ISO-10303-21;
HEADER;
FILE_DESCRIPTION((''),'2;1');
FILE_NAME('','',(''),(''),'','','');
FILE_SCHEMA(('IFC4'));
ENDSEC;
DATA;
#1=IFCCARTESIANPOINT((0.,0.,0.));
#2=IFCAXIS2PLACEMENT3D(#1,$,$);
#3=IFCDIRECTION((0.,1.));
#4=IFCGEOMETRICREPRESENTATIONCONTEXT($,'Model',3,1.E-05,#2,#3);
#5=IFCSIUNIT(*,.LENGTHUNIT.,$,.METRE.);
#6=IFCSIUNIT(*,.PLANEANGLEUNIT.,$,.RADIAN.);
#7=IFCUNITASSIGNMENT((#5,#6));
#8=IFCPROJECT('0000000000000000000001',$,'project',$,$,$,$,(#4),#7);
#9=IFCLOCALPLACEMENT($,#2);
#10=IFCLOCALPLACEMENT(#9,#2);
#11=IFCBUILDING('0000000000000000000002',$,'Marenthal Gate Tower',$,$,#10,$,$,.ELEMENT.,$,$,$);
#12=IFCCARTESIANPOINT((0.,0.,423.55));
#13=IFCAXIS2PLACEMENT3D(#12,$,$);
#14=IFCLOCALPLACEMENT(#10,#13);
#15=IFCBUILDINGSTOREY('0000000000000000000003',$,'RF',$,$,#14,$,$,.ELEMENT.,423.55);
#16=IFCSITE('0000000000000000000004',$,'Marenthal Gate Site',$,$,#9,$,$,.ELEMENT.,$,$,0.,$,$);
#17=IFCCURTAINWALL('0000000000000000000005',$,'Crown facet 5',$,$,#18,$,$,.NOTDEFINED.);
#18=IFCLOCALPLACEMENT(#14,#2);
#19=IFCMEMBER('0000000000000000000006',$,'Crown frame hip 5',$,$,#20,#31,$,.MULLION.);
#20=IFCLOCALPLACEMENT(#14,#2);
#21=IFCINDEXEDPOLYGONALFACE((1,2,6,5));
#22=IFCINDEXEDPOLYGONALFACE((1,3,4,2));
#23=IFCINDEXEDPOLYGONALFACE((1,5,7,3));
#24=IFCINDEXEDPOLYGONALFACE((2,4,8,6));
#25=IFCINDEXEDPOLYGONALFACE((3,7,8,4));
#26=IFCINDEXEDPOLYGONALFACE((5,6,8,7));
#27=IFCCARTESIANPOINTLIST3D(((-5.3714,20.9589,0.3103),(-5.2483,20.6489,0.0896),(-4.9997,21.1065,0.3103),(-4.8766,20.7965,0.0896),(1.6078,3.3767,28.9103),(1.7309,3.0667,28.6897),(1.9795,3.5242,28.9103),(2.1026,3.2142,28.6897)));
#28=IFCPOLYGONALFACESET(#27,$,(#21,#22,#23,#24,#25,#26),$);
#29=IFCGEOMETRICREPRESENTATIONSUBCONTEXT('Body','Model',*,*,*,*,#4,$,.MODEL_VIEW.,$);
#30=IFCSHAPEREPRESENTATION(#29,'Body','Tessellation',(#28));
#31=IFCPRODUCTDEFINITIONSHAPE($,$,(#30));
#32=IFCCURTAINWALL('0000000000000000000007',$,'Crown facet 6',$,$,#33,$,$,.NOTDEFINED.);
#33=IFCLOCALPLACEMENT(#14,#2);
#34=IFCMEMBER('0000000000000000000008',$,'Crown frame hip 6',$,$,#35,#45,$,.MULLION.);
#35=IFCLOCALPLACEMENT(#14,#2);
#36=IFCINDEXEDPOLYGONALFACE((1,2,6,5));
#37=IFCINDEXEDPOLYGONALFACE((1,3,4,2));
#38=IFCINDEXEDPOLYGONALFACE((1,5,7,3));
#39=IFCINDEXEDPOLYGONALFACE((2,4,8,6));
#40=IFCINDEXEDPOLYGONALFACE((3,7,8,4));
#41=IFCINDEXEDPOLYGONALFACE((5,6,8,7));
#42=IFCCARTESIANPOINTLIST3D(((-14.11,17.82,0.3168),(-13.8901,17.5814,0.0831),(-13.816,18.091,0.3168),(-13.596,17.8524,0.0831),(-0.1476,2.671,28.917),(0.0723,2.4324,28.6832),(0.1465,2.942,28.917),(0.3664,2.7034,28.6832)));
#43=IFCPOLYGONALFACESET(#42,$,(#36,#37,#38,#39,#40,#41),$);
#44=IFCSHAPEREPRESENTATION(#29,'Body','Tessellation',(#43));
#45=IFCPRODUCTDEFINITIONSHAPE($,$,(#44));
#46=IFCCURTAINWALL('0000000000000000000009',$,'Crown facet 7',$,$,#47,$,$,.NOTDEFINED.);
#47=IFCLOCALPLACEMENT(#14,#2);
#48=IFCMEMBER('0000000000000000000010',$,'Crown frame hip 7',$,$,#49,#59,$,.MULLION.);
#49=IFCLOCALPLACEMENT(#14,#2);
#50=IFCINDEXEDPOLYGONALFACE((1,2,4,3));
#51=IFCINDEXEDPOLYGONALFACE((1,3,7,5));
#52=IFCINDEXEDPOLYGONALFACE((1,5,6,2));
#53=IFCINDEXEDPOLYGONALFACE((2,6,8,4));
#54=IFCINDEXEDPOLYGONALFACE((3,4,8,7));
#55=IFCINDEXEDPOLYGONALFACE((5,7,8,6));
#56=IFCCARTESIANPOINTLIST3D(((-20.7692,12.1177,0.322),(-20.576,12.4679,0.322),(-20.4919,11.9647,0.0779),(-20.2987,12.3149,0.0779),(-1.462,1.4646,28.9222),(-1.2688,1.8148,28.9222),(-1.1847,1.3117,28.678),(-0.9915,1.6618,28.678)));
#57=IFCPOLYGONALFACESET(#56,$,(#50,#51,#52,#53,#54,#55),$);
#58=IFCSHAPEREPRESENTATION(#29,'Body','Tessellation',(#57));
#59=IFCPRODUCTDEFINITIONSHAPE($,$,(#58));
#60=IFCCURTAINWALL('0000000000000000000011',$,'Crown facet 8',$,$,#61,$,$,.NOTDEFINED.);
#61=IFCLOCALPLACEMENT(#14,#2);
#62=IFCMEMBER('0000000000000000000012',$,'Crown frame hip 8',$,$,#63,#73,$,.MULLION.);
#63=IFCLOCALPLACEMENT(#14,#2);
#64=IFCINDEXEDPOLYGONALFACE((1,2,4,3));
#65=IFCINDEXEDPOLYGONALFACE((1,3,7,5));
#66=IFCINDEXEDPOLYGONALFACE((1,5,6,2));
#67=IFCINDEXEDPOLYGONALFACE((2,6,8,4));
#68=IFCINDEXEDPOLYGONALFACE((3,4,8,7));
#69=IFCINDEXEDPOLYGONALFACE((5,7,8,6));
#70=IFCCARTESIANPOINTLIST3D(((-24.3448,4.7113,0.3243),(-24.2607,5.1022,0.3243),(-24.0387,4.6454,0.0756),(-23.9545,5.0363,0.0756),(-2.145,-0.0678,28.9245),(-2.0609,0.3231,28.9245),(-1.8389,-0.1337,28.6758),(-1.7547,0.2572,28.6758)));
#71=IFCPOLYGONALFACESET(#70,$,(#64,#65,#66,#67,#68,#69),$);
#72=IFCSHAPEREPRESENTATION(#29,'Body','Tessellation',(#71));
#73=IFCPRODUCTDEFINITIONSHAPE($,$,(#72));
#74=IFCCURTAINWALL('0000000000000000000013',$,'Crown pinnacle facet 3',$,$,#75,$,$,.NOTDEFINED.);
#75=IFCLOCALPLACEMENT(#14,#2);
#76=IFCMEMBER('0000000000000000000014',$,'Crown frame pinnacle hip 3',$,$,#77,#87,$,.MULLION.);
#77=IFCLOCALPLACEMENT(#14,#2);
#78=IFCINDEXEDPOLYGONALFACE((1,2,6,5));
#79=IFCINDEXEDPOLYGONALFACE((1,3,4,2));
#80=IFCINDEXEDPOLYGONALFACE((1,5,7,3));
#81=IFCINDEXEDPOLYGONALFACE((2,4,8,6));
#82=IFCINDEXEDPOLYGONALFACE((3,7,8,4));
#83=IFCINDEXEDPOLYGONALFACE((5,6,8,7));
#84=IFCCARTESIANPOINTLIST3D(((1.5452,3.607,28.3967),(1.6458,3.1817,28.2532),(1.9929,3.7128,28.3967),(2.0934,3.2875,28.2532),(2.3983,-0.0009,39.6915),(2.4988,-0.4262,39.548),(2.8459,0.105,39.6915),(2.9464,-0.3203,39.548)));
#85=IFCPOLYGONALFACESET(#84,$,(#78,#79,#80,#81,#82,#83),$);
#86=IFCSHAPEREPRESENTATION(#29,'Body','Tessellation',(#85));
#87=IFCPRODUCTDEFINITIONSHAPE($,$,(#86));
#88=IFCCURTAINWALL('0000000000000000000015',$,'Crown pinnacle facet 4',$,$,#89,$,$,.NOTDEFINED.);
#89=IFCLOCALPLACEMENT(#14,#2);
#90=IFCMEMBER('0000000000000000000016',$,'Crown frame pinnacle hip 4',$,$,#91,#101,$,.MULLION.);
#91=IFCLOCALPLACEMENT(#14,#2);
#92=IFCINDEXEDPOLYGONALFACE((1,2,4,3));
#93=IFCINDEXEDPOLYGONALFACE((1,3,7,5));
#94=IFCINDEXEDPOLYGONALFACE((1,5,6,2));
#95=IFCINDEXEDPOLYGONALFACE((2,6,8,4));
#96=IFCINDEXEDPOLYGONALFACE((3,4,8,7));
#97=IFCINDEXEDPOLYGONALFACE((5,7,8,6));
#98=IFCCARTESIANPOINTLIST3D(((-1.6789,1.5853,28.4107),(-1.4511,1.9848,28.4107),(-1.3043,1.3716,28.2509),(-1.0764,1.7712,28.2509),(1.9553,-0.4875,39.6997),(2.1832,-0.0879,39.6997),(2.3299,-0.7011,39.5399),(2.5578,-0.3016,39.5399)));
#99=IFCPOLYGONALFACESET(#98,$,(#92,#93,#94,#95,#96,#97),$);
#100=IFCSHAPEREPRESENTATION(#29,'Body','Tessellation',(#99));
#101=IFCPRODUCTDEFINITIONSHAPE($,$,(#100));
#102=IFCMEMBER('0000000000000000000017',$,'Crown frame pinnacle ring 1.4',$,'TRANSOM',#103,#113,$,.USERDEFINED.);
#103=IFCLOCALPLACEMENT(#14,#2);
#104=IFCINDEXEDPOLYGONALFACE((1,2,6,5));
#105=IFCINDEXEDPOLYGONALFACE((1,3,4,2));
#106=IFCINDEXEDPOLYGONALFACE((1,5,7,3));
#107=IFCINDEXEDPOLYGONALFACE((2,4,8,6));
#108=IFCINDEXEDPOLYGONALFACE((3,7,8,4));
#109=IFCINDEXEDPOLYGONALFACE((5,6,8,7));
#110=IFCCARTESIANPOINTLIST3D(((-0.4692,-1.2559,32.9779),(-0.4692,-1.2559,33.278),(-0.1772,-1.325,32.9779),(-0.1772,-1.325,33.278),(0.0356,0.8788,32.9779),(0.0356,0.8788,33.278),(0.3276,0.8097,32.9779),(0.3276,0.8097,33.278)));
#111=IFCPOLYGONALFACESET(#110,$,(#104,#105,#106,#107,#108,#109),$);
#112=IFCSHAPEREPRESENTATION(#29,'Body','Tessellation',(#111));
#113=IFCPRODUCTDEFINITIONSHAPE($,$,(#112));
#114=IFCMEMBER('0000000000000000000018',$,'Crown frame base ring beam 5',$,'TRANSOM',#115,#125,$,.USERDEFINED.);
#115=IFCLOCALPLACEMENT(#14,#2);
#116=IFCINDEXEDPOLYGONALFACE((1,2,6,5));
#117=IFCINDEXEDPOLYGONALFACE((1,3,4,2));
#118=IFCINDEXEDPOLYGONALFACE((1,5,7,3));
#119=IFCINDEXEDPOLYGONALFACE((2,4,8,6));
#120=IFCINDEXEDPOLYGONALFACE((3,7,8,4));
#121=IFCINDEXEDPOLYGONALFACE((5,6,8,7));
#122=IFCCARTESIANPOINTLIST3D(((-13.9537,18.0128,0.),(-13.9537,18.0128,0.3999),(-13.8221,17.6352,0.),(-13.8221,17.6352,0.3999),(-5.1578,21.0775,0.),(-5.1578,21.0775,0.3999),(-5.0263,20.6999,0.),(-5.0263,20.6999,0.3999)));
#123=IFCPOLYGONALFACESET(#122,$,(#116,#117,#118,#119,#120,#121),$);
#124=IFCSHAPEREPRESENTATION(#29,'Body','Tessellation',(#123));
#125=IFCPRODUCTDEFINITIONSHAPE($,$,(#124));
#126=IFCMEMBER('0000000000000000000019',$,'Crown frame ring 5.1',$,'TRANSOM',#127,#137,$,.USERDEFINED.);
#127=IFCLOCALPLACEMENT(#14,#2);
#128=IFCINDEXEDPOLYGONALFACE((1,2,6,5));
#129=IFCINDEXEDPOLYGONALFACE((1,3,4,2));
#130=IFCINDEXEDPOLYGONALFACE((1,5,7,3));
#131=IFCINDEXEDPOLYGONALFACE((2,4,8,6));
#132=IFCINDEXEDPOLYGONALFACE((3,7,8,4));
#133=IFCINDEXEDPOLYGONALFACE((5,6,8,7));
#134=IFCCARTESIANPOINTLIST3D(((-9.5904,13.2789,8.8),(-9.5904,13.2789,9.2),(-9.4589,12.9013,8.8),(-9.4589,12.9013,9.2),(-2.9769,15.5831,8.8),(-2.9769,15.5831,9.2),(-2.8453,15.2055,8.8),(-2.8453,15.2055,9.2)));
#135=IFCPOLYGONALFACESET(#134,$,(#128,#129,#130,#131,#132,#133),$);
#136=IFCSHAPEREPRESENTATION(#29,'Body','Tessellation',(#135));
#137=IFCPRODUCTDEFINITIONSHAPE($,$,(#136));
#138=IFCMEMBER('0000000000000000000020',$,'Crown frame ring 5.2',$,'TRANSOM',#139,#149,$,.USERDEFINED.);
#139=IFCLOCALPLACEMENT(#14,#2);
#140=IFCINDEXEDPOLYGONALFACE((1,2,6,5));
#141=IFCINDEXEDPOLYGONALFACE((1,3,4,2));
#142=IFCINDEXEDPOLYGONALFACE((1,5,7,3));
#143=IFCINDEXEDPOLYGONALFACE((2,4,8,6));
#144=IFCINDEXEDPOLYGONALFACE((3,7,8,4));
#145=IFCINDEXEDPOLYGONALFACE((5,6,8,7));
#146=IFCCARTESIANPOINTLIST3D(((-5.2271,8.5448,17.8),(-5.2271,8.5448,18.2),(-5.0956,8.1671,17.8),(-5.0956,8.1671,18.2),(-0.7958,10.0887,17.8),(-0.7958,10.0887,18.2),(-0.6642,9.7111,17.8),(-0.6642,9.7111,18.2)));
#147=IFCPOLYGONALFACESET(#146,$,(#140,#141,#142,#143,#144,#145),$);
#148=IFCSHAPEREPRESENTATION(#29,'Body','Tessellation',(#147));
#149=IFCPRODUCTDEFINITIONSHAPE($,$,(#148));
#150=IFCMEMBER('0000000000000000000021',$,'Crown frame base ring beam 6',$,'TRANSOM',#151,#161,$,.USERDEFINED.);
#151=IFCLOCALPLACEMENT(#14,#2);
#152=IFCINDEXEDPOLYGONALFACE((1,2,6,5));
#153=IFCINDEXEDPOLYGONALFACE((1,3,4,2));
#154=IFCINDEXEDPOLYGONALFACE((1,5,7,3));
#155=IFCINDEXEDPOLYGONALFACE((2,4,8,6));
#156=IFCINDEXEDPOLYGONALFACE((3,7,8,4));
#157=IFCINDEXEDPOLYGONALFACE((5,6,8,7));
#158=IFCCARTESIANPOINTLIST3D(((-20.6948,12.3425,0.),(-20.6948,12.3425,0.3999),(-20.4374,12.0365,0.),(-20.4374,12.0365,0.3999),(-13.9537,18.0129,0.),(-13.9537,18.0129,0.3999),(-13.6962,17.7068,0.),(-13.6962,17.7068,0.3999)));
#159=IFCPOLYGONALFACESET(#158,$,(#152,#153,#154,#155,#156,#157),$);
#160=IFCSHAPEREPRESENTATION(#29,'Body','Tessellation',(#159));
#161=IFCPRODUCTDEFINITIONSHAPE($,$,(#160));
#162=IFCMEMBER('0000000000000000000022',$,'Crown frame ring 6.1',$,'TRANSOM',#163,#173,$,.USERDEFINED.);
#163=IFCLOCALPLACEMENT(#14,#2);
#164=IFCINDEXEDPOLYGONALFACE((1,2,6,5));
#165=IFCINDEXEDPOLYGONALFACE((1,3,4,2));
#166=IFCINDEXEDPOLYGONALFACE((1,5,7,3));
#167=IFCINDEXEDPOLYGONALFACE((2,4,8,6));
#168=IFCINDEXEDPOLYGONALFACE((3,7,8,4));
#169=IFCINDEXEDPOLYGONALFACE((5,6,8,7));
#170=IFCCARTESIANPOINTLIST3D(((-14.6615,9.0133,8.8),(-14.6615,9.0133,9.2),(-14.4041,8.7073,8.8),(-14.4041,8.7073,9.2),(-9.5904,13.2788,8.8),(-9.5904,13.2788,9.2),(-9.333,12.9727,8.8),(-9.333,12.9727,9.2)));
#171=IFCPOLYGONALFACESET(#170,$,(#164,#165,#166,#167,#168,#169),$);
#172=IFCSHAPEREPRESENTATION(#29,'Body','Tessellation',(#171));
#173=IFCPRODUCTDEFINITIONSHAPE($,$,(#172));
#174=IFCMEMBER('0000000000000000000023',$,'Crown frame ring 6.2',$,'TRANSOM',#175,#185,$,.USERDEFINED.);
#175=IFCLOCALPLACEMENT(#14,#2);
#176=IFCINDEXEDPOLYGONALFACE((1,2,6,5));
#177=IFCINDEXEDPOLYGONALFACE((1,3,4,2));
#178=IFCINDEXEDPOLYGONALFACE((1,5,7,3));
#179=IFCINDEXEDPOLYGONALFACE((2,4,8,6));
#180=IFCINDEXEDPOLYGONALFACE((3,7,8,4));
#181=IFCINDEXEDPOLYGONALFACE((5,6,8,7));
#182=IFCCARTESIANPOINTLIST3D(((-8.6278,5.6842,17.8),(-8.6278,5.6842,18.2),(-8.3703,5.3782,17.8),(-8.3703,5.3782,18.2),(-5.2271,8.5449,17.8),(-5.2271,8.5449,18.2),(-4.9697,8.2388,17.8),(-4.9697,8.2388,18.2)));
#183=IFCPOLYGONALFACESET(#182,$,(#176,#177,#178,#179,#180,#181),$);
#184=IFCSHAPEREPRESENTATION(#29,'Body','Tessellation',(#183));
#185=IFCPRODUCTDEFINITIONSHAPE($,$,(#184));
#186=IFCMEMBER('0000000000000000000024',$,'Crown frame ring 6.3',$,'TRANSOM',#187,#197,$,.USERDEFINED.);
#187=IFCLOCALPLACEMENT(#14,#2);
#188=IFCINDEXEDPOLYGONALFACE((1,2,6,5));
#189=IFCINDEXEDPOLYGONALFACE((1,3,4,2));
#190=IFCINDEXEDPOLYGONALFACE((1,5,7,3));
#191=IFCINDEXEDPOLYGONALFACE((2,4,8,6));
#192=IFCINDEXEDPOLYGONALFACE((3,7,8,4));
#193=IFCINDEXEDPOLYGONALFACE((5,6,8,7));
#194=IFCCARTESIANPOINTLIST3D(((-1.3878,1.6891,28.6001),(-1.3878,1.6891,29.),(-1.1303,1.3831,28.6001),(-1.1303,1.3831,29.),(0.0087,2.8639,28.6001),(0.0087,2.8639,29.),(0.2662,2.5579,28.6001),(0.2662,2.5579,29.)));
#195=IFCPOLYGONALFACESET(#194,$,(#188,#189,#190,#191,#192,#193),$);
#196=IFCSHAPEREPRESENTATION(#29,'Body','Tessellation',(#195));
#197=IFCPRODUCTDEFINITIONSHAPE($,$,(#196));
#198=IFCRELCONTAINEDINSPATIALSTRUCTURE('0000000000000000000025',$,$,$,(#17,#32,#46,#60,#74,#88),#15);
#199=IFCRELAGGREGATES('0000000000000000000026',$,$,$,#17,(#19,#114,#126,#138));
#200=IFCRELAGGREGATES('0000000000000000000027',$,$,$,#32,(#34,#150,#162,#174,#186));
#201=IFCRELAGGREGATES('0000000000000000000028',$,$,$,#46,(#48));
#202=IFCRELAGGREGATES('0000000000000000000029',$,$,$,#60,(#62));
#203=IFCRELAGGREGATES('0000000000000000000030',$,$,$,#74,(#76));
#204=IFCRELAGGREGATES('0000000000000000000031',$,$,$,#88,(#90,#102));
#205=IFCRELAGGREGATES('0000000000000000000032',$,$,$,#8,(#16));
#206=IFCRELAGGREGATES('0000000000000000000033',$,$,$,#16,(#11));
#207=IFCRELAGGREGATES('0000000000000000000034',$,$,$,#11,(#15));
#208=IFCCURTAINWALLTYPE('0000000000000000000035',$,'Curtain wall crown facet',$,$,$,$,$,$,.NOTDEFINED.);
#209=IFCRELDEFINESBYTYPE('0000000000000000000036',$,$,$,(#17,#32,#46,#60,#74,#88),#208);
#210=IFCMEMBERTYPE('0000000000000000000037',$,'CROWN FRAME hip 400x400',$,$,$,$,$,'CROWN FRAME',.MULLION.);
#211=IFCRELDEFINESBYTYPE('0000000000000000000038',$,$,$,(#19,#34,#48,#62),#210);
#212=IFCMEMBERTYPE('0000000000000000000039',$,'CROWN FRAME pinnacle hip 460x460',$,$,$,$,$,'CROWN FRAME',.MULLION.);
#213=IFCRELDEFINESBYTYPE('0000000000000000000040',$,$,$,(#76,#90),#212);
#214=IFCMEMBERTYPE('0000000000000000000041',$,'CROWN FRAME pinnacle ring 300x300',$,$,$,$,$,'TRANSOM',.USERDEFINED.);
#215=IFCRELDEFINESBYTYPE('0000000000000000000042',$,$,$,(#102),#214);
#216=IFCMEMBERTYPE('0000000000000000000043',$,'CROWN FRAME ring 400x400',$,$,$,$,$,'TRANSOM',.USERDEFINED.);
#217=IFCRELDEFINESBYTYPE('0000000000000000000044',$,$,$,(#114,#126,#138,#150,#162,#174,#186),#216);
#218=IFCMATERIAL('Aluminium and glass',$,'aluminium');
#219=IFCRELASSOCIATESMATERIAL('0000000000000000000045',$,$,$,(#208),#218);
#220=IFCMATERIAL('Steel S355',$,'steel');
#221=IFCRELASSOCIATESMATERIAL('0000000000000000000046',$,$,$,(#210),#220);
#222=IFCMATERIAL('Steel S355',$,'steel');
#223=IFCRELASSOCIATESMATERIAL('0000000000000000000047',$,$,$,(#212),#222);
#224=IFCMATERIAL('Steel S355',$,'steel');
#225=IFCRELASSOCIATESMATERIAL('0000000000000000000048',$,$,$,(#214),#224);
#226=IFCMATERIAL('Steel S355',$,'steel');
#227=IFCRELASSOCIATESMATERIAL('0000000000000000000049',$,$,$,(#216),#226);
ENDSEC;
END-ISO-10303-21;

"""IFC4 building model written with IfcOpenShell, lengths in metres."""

from ifc_helpers import new_model, si_unit, direction, frame, origin, origin_2d, place, context, subcontext, project, spatial, rectangle, extrude, material, material_profile, profile_set, type_object, element, aggregate, save


model = new_model("IFC4")

# Units and contexts
model_context = context("Model", 3, precision=1e-05, world=origin(), true_north=direction((0.0, 1.0)))
body_context = subcontext(model_context, "Body", "Model", "MODEL_VIEW")
ifc_project = project(units=[si_unit("LENGTHUNIT", "METRE"), si_unit("PLANEANGLEUNIT", "RADIAN")], contexts=[model_context])

# Site, building, storey
site_placement = place(None, origin())
site = spatial("IfcSite", under=ifc_project, at=site_placement, Name="Marenthal Gate Site", CompositionType="ELEMENT", RefElevation=0.0)
building_placement = place(site_placement, origin())
building = spatial("IfcBuilding", under=site, at=building_placement, Name="Marenthal Gate Tower", CompositionType="ELEMENT")
storey_placement = place(building_placement, frame((0.0, 0.0, 423.55)))
storey = spatial("IfcBuildingStorey", under=building, at=storey_placement, Name="RF", CompositionType="ELEMENT", Elevation=423.55)

# Curtain walls, members
ifc_material_1 = material(Name="Aluminium and glass", Category="aluminium")
curtain_wall_type = type_object("IfcCurtainWallType", Name="Curtain wall crown facet", PredefinedType="NOTDEFINED", material=ifc_material_1)
curtain_wall_1_placement = place(storey_placement, origin())
curtain_wall_1 = element("IfcCurtainWall", 1, at=curtain_wall_1_placement, inside=storey, type_object=curtain_wall_type, Name="Crown facet 5", PredefinedType="NOTDEFINED")
ifc_material_2 = material(Name="Steel S355", Category="steel")
ifc_material_profile_1 = material_profile(ifc_material_2, rectangle(XDim=0.3999, YDim=0.3999, at=origin_2d()), Name="Crown frame hip 400x400")
ifc_profile_set_1 = profile_set([ifc_material_profile_1], Name="Steel S355")
member_type_1 = type_object("IfcMemberType", Name="CROWN FRAME hip 400x400", ElementType="CROWN FRAME", PredefinedType="MULLION", material=ifc_profile_set_1)
member_1_placement = place(storey_placement, frame((-5.124, 20.8777, 0.2), z_axis=(0.203535, -0.512751, 0.834062), x_axis=(0.929452, 0.368944, 0.0)))
member_1 = element("IfcMember", 2, at=member_1_placement, type_object=member_type_1, Name="Crown frame hip 5", PredefinedType="MULLION", context=body_context, shape_type="SweptSolid", body=[
    extrude(rectangle(XDim=0.3999, YDim=0.3999, at=origin_2d()), origin(), (0.0, 0.0, 1.0), 34.29),
])
curtain_wall_2_placement = place(storey_placement, origin())
curtain_wall_2 = element("IfcCurtainWall", 3, at=curtain_wall_2_placement, inside=storey, type_object=curtain_wall_type, Name="Crown facet 6", PredefinedType="NOTDEFINED")
member_2_placement = place(storey_placement, frame((-13.853, 17.8362, 0.2), z_axis=(0.396122, -0.429784, 0.811402), x_axis=(0.735317, 0.677724, 0.0)))
member_2 = element("IfcMember", 4, at=member_2_placement, type_object=member_type_1, Name="Crown frame hip 6", PredefinedType="MULLION", context=body_context, shape_type="SweptSolid", body=[
    extrude(rectangle(XDim=0.3999, YDim=0.3999, at=origin_2d()), origin(), (0.0, 0.0, 1.0), 35.2478),
])
curtain_wall_3_placement = place(storey_placement, origin())
curtain_wall_3 = element("IfcCurtainWall", 5, at=curtain_wall_3_placement, inside=storey, type_object=curtain_wall_type, Name="Crown facet 7", PredefinedType="NOTDEFINED")
member_3_placement = place(storey_placement, frame((-20.5339, 12.2163, 0.2), z_axis=(0.534617, -0.294985, 0.79194), x_axis=(0.483107, 0.875561, 0.0)))
member_3 = element("IfcMember", 6, at=member_3_placement, type_object=member_type_1, Name="Crown frame hip 7", PredefinedType="MULLION", context=body_context, shape_type="SweptSolid", body=[
    extrude(rectangle(XDim=0.3999, YDim=0.3999, at=origin_2d()), origin(), (0.0, 0.0, 1.0), 36.114),
])
curtain_wall_4_placement = place(storey_placement, origin())
curtain_wall_4 = element("IfcCurtainWall", 7, at=curtain_wall_4_placement, inside=storey, type_object=curtain_wall_type, Name="Crown facet 8", PredefinedType="NOTDEFINED")
member_4_placement = place(storey_placement, frame((-24.1497, 4.8738, 0.2), z_axis=(0.607896, -0.130865, 0.783158), x_axis=(0.210454, 0.977604, 0.0)))
member_4 = element("IfcMember", 8, at=member_4_placement, type_object=member_type_1, Name="Crown frame hip 8", PredefinedType="MULLION", context=body_context, shape_type="SweptSolid", body=[
    extrude(rectangle(XDim=0.3999, YDim=0.3999, at=origin_2d()), origin(), (0.0, 0.0, 1.0), 36.519),
])
curtain_wall_5_placement = place(storey_placement, origin())
curtain_wall_5 = element("IfcCurtainWall", 9, at=curtain_wall_5_placement, inside=storey, type_object=curtain_wall_type, Name="Crown pinnacle facet 3", PredefinedType="NOTDEFINED")
ifc_material_3 = material(Name="Steel S355", Category="steel")
ifc_material_profile_2 = material_profile(ifc_material_3, rectangle(XDim=0.46, YDim=0.46, at=origin_2d()), Name="Crown frame pinnacle hip 460x460")
ifc_profile_set_2 = profile_set([ifc_material_profile_2], Name="Steel S355")
member_type_2 = type_object("IfcMemberType", Name="CROWN FRAME pinnacle hip 460x460", ElementType="CROWN FRAME", PredefinedType="MULLION", material=ifc_profile_set_2)
member_5_placement = place(storey_placement, frame((1.8193, 3.4473, 28.325), z_axis=(0.071756, -0.303497, 0.950127), x_axis=(0.97317, 0.230089, 0.0)))
member_5 = element("IfcMember", 10, at=member_5_placement, type_object=member_type_2, Name="Crown frame pinnacle hip 3", PredefinedType="MULLION", context=body_context, shape_type="SweptSolid", body=[
    extrude(rectangle(XDim=0.46, YDim=0.46, at=origin_2d()), origin(), (0.0, 0.0, 1.0), 11.8877),
])

# Curtain wall, members
curtain_wall_6_placement = place(storey_placement, origin())
curtain_wall_6 = element("IfcCurtainWall", 11, at=curtain_wall_6_placement, inside=storey, type_object=curtain_wall_type, Name="Crown pinnacle facet 4", PredefinedType="NOTDEFINED")
member_6_placement = place(storey_placement, frame((-1.3777, 1.6782, 28.3308), z_axis=(0.301865, -0.172164, 0.937676), x_axis=(0.495422, 0.868652, 0.0)))
member_6 = element("IfcMember", 12, at=member_6_placement, type_object=member_type_2, Name="Crown frame pinnacle hip 4", PredefinedType="MULLION", context=body_context, shape_type="SweptSolid", body=[
    extrude(rectangle(XDim=0.46, YDim=0.46, at=origin_2d()), origin(), (0.0, 0.0, 1.0), 12.0393),
])
ifc_material_4 = material(Name="Steel S355", Category="steel")
ifc_material_profile_3 = material_profile(ifc_material_4, rectangle(XDim=0.3, YDim=0.3, at=origin_2d()), Name="Crown frame pinnacle ring 300x300")
ifc_profile_set_3 = profile_set([ifc_material_profile_3], Name="Steel S355")
member_type_3 = type_object("IfcMemberType", Name="CROWN FRAME pinnacle ring 300x300", ElementType="TRANSOM", PredefinedType="USERDEFINED", material=ifc_profile_set_3)
member_7_placement = place(storey_placement, frame((0.1816, 0.8442, 33.1279), z_axis=(-0.230156, -0.973154, 0.0), x_axis=(0.973154, -0.230156, 0.0)))
member_7 = element("IfcMember", 13, at=member_7_placement, type_object=member_type_3, Name="Crown frame pinnacle ring 1.4", ObjectType="TRANSOM", PredefinedType="USERDEFINED", context=body_context, shape_type="SweptSolid", body=[
    extrude(rectangle(XDim=0.3, YDim=0.3, at=origin_2d()), origin(), (0.0, 0.0, 1.0), 2.1936),
])

# Members
ifc_material_5 = material(Name="Steel S355", Category="steel")
ifc_material_profile_4 = material_profile(ifc_material_5, rectangle(XDim=0.3999, YDim=0.3999, at=origin_2d()), Name="Crown frame ring 400x400")
ifc_profile_set_4 = profile_set([ifc_material_profile_4], Name="Steel S355")
member_type_4 = type_object("IfcMemberType", Name="CROWN FRAME ring 400x400", ElementType="TRANSOM", PredefinedType="USERDEFINED", material=ifc_profile_set_4)
member_8_placement = place(storey_placement, frame((-5.092, 20.8887, 0.2), z_axis=(-0.944322, -0.329024, 0.0), x_axis=(0.329024, -0.944322, 0.0)))
member_8 = element("IfcMember", 14, at=member_8_placement, type_object=member_type_4, Name="Crown frame base ring beam 5", ObjectType="TRANSOM", PredefinedType="USERDEFINED", context=body_context, shape_type="SweptSolid", body=[
    extrude(rectangle(XDim=0.3999, YDim=0.3999, at=origin_2d()), origin(), (0.0, 0.0, 1.0), 9.3145),
])
member_9_placement = place(storey_placement, frame((-2.9111, 15.3943, 9.0), z_axis=(-0.944326, -0.32901, 0.0), x_axis=(0.32901, -0.944326, 0.0)))
member_9 = element("IfcMember", 15, at=member_9_placement, type_object=member_type_4, Name="Crown frame ring 5.1", ObjectType="TRANSOM", PredefinedType="USERDEFINED", context=body_context, shape_type="SweptSolid", body=[
    extrude(rectangle(XDim=0.3999, YDim=0.3999, at=origin_2d()), origin(), (0.0, 0.0, 1.0), 7.0034),
])
member_10_placement = place(storey_placement, frame((-0.73, 9.8999, 18.0), z_axis=(-0.944325, -0.329013, 0.0), x_axis=(0.329013, -0.944325, 0.0)))
member_10 = element("IfcMember", 16, at=member_10_placement, type_object=member_type_4, Name="Crown frame ring 5.2", ObjectType="TRANSOM", PredefinedType="USERDEFINED", context=body_context, shape_type="SweptSolid", body=[
    extrude(rectangle(XDim=0.3999, YDim=0.3999, at=origin_2d()), origin(), (0.0, 0.0, 1.0), 4.6926),
])
member_11_placement = place(storey_placement, frame((-13.825, 17.8599, 0.2), z_axis=(-0.765269, -0.643711, 0.0), x_axis=(0.643711, -0.765269, 0.0)))
member_11 = element("IfcMember", 17, at=member_11_placement, type_object=member_type_4, Name="Crown frame base ring beam 6", ObjectType="TRANSOM", PredefinedType="USERDEFINED", context=body_context, shape_type="SweptSolid", body=[
    extrude(rectangle(XDim=0.3999, YDim=0.3999, at=origin_2d()), origin(), (0.0, 0.0, 1.0), 8.8088),
])
member_12_placement = place(storey_placement, frame((-9.4617, 13.1257, 9.0), z_axis=(-0.765281, -0.643697, 0.0), x_axis=(0.643697, -0.765281, 0.0)))
member_12 = element("IfcMember", 18, at=member_12_placement, type_object=member_type_4, Name="Crown frame ring 6.1", ObjectType="TRANSOM", PredefinedType="USERDEFINED", context=body_context, shape_type="SweptSolid", body=[
    extrude(rectangle(XDim=0.3999, YDim=0.3999, at=origin_2d()), origin(), (0.0, 0.0, 1.0), 6.6265),
])
member_13_placement = place(storey_placement, frame((-5.0984, 8.3918, 18.0), z_axis=(-0.765254, -0.643728, 0.0), x_axis=(0.643728, -0.765254, 0.0)))
member_13 = element("IfcMember", 19, at=member_13_placement, type_object=member_type_4, Name="Crown frame ring 6.2", ObjectType="TRANSOM", PredefinedType="USERDEFINED", context=body_context, shape_type="SweptSolid", body=[
    extrude(rectangle(XDim=0.3999, YDim=0.3999, at=origin_2d()), origin(), (0.0, 0.0, 1.0), 4.4438),
])
member_14_placement = place(storey_placement, frame((0.1375, 2.7109, 28.8), z_axis=(-0.76523, -0.643757, 0.0), x_axis=(0.643757, -0.76523, 0.0)))
member_14 = element("IfcMember", 20, at=member_14_placement, type_object=member_type_4, Name="Crown frame ring 6.3", ObjectType="TRANSOM", PredefinedType="USERDEFINED", context=body_context, shape_type="SweptSolid", body=[
    extrude(rectangle(XDim=0.3999, YDim=0.3999, at=origin_2d()), origin(), (0.0, 0.0, 1.0), 1.825),
])

aggregate(curtain_wall_1, [member_1, member_8, member_9, member_10])
aggregate(curtain_wall_2, [member_2, member_11, member_12, member_13, member_14])
aggregate(curtain_wall_3, [member_3])
aggregate(curtain_wall_4, [member_4])
aggregate(curtain_wall_5, [member_5])
aggregate(curtain_wall_6, [member_6, member_7])

save(model, "model.ifc")
